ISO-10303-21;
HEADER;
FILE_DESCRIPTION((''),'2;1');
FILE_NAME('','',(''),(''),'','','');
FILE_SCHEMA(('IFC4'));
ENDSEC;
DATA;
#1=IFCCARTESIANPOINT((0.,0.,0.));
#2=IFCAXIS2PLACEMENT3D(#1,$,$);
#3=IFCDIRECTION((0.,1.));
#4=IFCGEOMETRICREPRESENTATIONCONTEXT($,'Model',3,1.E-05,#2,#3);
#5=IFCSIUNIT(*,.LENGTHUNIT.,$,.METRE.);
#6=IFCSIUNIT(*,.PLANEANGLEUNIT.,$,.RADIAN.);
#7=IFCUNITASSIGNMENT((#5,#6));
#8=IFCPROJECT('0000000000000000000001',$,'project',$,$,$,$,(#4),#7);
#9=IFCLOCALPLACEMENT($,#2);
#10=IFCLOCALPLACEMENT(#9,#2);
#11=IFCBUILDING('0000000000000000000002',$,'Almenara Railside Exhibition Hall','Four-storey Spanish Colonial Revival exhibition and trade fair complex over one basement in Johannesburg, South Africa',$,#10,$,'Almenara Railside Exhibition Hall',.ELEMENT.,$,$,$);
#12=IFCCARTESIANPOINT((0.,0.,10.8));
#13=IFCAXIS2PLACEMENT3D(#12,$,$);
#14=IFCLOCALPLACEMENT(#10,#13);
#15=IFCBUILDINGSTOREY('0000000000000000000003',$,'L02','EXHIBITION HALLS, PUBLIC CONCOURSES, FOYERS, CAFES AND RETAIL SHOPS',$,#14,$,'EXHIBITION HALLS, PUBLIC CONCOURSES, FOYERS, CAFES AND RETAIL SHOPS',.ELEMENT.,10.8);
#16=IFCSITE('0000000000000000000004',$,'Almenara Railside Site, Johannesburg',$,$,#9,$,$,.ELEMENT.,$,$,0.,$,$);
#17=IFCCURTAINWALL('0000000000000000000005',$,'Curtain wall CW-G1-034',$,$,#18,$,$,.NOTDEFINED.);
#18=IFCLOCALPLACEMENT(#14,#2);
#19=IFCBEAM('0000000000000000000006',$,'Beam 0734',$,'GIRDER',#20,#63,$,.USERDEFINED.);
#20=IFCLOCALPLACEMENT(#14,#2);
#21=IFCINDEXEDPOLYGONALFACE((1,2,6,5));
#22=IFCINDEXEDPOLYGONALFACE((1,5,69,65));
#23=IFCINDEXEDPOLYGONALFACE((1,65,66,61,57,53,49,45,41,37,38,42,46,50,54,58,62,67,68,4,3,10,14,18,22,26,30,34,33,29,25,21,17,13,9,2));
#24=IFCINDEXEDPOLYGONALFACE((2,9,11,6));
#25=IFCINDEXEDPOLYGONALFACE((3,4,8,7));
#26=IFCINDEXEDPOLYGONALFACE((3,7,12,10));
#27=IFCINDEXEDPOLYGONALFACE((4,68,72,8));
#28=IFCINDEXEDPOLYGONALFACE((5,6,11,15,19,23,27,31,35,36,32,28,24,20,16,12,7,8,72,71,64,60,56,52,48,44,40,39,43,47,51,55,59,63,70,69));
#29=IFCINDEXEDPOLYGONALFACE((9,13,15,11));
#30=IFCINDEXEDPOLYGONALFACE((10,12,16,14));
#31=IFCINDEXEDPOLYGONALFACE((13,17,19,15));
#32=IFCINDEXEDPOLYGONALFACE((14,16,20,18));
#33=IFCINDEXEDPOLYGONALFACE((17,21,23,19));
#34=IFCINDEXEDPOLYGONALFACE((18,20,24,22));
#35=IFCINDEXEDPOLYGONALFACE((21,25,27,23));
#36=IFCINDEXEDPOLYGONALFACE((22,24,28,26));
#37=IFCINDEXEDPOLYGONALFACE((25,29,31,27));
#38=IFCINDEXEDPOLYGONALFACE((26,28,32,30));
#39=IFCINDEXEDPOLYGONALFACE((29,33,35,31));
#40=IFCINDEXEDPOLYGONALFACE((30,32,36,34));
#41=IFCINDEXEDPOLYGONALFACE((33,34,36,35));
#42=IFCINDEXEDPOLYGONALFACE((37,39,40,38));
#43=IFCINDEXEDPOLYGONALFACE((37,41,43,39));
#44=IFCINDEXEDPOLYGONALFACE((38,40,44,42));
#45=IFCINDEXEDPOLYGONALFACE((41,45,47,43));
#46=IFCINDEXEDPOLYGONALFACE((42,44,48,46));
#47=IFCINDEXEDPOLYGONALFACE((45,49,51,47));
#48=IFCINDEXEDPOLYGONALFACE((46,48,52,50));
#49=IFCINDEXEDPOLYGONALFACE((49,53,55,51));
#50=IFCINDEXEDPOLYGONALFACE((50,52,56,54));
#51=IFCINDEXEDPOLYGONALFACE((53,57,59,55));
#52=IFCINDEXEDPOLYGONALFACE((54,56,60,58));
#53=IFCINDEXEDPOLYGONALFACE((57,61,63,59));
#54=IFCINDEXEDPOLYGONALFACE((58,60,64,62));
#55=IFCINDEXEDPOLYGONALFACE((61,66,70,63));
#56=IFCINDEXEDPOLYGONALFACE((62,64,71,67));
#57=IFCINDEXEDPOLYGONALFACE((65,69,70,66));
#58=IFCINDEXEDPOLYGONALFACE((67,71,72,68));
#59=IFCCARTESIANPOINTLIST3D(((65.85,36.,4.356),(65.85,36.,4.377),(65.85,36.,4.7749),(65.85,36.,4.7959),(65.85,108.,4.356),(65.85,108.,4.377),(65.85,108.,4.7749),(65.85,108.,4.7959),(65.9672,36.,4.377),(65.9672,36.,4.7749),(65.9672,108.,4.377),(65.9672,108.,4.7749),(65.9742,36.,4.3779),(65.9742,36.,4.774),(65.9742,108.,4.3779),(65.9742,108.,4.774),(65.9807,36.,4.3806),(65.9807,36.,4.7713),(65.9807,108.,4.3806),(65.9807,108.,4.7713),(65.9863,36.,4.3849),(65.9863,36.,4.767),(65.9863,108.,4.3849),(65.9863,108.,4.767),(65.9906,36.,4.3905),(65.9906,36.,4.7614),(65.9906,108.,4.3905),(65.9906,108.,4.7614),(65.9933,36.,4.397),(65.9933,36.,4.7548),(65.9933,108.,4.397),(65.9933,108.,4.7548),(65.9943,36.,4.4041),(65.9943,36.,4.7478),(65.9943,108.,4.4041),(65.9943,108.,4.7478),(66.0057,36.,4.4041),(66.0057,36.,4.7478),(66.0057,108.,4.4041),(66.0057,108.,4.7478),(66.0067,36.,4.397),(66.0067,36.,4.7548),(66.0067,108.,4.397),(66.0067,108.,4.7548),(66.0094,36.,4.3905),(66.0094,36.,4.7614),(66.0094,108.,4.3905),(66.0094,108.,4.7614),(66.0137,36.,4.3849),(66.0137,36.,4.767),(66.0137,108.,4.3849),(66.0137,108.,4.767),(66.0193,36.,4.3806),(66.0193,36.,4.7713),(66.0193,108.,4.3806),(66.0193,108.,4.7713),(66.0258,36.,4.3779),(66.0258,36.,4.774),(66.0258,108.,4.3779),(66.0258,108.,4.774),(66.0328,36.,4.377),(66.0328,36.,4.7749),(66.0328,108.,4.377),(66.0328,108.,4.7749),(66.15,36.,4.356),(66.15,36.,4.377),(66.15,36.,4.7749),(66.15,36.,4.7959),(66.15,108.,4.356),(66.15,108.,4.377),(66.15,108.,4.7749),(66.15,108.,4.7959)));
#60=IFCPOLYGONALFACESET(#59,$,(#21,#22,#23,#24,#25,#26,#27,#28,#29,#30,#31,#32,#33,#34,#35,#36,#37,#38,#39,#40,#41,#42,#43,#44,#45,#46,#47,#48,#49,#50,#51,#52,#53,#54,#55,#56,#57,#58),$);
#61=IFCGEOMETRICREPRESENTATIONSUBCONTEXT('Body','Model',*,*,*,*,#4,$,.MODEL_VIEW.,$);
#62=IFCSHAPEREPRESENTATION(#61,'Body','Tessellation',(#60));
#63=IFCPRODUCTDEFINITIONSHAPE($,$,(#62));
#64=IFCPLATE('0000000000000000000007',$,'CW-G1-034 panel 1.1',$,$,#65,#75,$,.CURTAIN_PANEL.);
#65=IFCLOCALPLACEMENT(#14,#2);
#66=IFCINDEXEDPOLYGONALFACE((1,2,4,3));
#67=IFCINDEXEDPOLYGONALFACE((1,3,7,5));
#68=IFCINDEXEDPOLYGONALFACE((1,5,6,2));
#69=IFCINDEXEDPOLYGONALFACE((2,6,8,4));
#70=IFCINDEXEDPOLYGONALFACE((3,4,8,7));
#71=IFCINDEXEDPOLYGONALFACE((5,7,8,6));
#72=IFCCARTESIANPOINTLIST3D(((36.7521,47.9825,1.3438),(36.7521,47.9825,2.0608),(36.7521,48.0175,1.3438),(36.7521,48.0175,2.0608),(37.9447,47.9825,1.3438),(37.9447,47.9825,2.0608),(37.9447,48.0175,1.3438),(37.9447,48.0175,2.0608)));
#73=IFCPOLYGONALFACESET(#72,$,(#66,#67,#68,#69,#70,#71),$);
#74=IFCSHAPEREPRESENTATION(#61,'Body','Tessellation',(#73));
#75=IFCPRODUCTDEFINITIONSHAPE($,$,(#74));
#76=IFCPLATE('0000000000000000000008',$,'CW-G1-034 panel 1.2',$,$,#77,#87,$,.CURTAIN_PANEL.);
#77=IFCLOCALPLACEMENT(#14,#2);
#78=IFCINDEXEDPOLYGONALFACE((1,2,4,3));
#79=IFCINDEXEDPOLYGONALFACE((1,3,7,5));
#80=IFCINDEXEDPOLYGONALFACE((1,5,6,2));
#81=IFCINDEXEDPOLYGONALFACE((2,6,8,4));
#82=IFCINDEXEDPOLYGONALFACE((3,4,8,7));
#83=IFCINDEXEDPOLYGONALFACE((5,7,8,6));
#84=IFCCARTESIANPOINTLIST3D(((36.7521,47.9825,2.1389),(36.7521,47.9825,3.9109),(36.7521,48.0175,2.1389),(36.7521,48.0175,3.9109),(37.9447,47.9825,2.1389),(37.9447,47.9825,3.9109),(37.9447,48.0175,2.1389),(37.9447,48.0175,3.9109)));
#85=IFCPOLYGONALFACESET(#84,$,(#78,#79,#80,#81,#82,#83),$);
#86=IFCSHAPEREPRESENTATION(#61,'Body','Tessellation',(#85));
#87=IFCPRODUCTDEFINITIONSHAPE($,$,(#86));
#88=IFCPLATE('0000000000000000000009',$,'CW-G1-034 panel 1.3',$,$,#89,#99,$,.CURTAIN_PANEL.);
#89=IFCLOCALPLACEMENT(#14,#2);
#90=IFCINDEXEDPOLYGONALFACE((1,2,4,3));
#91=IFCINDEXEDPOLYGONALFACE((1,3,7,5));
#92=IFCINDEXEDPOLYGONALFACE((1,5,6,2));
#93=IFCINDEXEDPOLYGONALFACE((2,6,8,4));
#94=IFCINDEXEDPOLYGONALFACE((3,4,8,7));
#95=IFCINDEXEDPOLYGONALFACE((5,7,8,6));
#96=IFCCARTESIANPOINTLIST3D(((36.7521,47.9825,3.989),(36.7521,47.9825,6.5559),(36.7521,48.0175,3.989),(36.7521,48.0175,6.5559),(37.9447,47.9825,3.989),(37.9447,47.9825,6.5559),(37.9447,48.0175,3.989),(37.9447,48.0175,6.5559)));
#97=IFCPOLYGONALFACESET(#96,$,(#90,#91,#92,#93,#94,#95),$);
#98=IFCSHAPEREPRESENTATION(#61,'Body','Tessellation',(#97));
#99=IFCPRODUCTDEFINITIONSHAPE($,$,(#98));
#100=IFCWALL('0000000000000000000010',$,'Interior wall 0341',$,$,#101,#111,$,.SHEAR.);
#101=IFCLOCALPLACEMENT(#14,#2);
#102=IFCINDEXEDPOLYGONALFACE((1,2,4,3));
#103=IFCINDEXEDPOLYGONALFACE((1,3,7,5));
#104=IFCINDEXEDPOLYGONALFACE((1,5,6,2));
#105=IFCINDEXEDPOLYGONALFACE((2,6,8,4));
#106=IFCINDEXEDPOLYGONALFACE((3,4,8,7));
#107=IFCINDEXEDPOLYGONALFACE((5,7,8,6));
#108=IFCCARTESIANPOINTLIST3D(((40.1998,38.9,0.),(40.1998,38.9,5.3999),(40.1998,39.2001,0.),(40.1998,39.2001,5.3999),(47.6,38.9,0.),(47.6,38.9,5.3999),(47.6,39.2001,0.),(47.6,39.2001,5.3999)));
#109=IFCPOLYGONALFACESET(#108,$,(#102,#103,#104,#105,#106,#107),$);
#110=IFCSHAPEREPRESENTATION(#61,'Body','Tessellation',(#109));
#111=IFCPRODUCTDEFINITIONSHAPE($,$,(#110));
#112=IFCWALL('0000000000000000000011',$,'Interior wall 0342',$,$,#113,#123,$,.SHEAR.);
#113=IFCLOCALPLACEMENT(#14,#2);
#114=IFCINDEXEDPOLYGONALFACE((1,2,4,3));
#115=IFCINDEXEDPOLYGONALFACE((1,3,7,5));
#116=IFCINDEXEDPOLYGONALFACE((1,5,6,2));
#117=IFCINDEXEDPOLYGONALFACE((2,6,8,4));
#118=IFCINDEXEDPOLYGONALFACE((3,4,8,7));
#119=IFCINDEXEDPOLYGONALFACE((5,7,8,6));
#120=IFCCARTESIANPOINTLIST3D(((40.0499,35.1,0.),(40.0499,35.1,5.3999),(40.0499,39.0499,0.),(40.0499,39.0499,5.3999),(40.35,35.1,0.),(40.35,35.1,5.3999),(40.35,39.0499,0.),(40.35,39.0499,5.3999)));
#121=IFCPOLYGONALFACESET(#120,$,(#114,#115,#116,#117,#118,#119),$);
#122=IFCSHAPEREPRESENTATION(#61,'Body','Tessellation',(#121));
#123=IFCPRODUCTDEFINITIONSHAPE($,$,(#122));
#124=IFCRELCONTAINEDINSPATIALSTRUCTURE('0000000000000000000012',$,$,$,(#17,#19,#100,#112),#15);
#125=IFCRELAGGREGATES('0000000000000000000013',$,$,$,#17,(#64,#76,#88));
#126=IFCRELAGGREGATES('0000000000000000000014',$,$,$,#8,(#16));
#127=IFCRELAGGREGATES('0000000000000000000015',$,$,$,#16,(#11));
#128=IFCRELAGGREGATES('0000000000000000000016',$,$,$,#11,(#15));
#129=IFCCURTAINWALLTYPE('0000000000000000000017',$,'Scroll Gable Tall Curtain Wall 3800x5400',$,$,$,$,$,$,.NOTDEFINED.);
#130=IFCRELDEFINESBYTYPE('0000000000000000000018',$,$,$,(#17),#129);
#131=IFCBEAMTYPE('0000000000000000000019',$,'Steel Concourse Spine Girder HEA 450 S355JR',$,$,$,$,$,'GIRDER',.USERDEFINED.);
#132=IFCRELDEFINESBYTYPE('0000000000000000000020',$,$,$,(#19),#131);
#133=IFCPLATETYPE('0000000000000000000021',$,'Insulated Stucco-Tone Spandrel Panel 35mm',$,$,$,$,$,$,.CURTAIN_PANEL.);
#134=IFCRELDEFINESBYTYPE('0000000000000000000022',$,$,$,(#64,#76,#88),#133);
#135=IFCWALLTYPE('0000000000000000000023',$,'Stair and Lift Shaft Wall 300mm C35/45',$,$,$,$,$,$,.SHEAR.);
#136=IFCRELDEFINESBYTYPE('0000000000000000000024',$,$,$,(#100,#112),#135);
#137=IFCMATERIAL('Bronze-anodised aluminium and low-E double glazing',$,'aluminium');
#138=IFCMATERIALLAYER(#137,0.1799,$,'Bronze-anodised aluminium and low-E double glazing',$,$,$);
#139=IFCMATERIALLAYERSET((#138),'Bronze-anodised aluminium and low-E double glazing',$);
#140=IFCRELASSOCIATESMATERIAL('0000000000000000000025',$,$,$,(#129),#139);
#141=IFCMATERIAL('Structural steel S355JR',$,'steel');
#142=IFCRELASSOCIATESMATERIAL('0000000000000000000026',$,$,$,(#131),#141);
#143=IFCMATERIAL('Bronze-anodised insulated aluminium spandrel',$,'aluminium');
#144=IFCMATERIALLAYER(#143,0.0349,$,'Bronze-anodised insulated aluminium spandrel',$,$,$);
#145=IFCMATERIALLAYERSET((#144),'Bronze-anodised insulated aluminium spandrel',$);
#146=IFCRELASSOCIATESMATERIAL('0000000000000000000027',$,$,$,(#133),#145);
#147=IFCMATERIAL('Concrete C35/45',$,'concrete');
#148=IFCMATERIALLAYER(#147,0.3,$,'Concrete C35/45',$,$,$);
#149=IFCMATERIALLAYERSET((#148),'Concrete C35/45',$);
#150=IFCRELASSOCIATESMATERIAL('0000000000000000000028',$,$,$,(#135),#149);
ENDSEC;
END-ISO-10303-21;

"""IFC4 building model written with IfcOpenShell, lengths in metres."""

from ifc_helpers import new_model, si_unit, direction, frame, frame_2d, origin, origin_2d, place, context, subcontext, project, spatial, rectangle, i_section, extrude, material, layer, layer_set, material_profile, profile_set, type_object, element, aggregate, save


model = new_model("IFC4")

# Units and contexts
model_context = context("Model", 3, precision=1e-05, world=origin(), true_north=direction((0.0, 1.0)))
body_context = subcontext(model_context, "Body", "Model", "MODEL_VIEW")
ifc_project = project(units=[si_unit("LENGTHUNIT", "METRE"), si_unit("PLANEANGLEUNIT", "RADIAN")], contexts=[model_context])

# Site, building, storey
site_placement = place(None, origin())
site = spatial("IfcSite", under=ifc_project, at=site_placement, Name="Almenara Railside Site, Johannesburg", CompositionType="ELEMENT", RefElevation=0.0)
building_placement = place(site_placement, origin())
building = spatial("IfcBuilding", under=site, at=building_placement, Name="Almenara Railside Exhibition Hall", Description="Four-storey Spanish Colonial Revival exhibition and trade fair complex over one basement in Johannesburg, South Africa", LongName="Almenara Railside Exhibition Hall", CompositionType="ELEMENT")
storey_placement = place(building_placement, frame((0.0, 0.0, 10.8)))
storey = spatial("IfcBuildingStorey", under=building, at=storey_placement, Name="L02", Description="EXHIBITION HALLS, PUBLIC CONCOURSES, FOYERS, CAFES AND RETAIL SHOPS", LongName="EXHIBITION HALLS, PUBLIC CONCOURSES, FOYERS, CAFES AND RETAIL SHOPS", CompositionType="ELEMENT", Elevation=10.8)

# Shared definitions
ifc_material_1 = material(Name="Structural steel S355JR", Category="steel")

# Curtain wall
ifc_material_2 = material(Name="Bronze-anodised aluminium and low-E double glazing", Category="aluminium")
ifc_layer_1 = layer(ifc_material_2, 0.1799, Name="Bronze-anodised aluminium and low-E double glazing")
ifc_layer_set_1 = layer_set([ifc_layer_1], Name="Bronze-anodised aluminium and low-E double glazing")
curtain_wall_type = type_object("IfcCurtainWallType", Name="Scroll Gable Tall Curtain Wall 3800x5400", PredefinedType="NOTDEFINED", material=ifc_layer_set_1)
curtain_wall_1_placement = place(storey_placement, origin())
curtain_wall_1 = element("IfcCurtainWall", 1, at=curtain_wall_1_placement, inside=storey, type_object=curtain_wall_type, Name="Curtain wall CW-G1-034", PredefinedType="NOTDEFINED")

# Beam
ifc_material_profile_1 = material_profile(ifc_material_1, i_section(OverallWidth=0.3, OverallDepth=0.4399, WebThickness=0.0115, FlangeThickness=0.021, FilletRadius=0.0271, at=origin_2d()), Name="HEA 450")
ifc_profile_set_1 = profile_set([ifc_material_profile_1], Name="Structural steel S355JR")
beam_type_1 = type_object("IfcBeamType", Name="Steel Concourse Spine Girder HEA 450 S355JR", ElementType="GIRDER", PredefinedType="USERDEFINED", material=ifc_profile_set_1)
beam_1_placement = place(storey_placement, frame((66.0, 36.0, 4.5759), z_axis=(0.0, 1.0, 0.0), x_axis=(-1.0, 0.0, 0.0)))
element("IfcBeam", 2, at=beam_1_placement, inside=storey, type_object=beam_type_1, Name="Beam 0734", ObjectType="GIRDER", PredefinedType="USERDEFINED", context=body_context, shape_type="SweptSolid", body=[
    extrude(i_section(OverallWidth=0.3, OverallDepth=0.4399, WebThickness=0.0115, FlangeThickness=0.021, FilletRadius=0.0271, at=origin_2d()), origin(), (0.0, 0.0, 1.0), 72.0),
])

# Plates
ifc_material_3 = material(Name="Bronze-anodised insulated aluminium spandrel", Category="aluminium")
ifc_layer_2 = layer(ifc_material_3, 0.0349, Name="Bronze-anodised insulated aluminium spandrel")
ifc_layer_set_2 = layer_set([ifc_layer_2], Name="Bronze-anodised insulated aluminium spandrel")
plate_type = type_object("IfcPlateType", Name="Insulated Stucco-Tone Spandrel Panel 35mm", PredefinedType="CURTAIN_PANEL", material=ifc_layer_set_2)
plate_1_placement = place(storey_placement, frame((37.3484, 48.0, 1.3438), z_axis=(0.0, 0.0, 1.0), x_axis=(1.0, 0.0, 0.0)))
plate_1 = element("IfcPlate", 3, at=plate_1_placement, type_object=plate_type, Name="CW-G1-034 panel 1.1", PredefinedType="CURTAIN_PANEL", context=body_context, shape_type="SweptSolid", body=[
    extrude(rectangle(XDim=1.1926, YDim=0.0349, at=origin_2d()), origin(), (0.0, 0.0, 1.0), 0.717),
])
plate_2_placement = place(storey_placement, frame((37.3484, 48.0, 2.1389), z_axis=(0.0, 0.0, 1.0), x_axis=(1.0, 0.0, 0.0)))
plate_2 = element("IfcPlate", 4, at=plate_2_placement, type_object=plate_type, Name="CW-G1-034 panel 1.2", PredefinedType="CURTAIN_PANEL", context=body_context, shape_type="SweptSolid", body=[
    extrude(rectangle(XDim=1.1926, YDim=0.0349, at=origin_2d()), origin(), (0.0, 0.0, 1.0), 1.772),
])
plate_3_placement = place(storey_placement, frame((37.3484, 48.0, 3.989), z_axis=(0.0, 0.0, 1.0), x_axis=(1.0, 0.0, 0.0)))
plate_3 = element("IfcPlate", 5, at=plate_3_placement, type_object=plate_type, Name="CW-G1-034 panel 1.3", PredefinedType="CURTAIN_PANEL", context=body_context, shape_type="SweptSolid", body=[
    extrude(rectangle(XDim=1.1926, YDim=0.0349, at=origin_2d()), origin(), (0.0, 0.0, 1.0), 2.5669),
])
aggregate(curtain_wall_1, [plate_1, plate_2, plate_3])

# Walls
ifc_material_4 = material(Name="Concrete C35/45", Category="concrete")
ifc_layer_3 = layer(ifc_material_4, 0.3, Name="Concrete C35/45")
ifc_layer_set_3 = layer_set([ifc_layer_3], Name="Concrete C35/45")
wall_type = type_object("IfcWallType", Name="Stair and Lift Shaft Wall 300mm C35/45", PredefinedType="SHEAR", material=ifc_layer_set_3)
wall_1_placement = place(storey_placement, frame((47.6001, 39.05, 0.0), z_axis=(0.0, 0.0, 1.0), x_axis=(-1.0, 0.0, 0.0)))
element("IfcWall", 6, at=wall_1_placement, inside=storey, type_object=wall_type, Name="Interior wall 0341", PredefinedType="SHEAR", context=body_context, shape_type="SweptSolid", body=[
    extrude(rectangle(XDim=7.4001, YDim=0.3, at=frame_2d((3.7002, 0.0))), origin(), (0.0, 0.0, 1.0), 5.3999),
])
wall_2_placement = place(storey_placement, frame((40.2, 39.05, 0.0), z_axis=(0.0, 0.0, 1.0), x_axis=(0.0, -1.0, 0.0)))
element("IfcWall", 7, at=wall_2_placement, inside=storey, type_object=wall_type, Name="Interior wall 0342", PredefinedType="SHEAR", context=body_context, shape_type="SweptSolid", body=[
    extrude(rectangle(XDim=3.95, YDim=0.3, at=frame_2d((1.9751, 0.0))), origin(), (0.0, 0.0, 1.0), 5.3999),
])

save(model, "model.ifc")
